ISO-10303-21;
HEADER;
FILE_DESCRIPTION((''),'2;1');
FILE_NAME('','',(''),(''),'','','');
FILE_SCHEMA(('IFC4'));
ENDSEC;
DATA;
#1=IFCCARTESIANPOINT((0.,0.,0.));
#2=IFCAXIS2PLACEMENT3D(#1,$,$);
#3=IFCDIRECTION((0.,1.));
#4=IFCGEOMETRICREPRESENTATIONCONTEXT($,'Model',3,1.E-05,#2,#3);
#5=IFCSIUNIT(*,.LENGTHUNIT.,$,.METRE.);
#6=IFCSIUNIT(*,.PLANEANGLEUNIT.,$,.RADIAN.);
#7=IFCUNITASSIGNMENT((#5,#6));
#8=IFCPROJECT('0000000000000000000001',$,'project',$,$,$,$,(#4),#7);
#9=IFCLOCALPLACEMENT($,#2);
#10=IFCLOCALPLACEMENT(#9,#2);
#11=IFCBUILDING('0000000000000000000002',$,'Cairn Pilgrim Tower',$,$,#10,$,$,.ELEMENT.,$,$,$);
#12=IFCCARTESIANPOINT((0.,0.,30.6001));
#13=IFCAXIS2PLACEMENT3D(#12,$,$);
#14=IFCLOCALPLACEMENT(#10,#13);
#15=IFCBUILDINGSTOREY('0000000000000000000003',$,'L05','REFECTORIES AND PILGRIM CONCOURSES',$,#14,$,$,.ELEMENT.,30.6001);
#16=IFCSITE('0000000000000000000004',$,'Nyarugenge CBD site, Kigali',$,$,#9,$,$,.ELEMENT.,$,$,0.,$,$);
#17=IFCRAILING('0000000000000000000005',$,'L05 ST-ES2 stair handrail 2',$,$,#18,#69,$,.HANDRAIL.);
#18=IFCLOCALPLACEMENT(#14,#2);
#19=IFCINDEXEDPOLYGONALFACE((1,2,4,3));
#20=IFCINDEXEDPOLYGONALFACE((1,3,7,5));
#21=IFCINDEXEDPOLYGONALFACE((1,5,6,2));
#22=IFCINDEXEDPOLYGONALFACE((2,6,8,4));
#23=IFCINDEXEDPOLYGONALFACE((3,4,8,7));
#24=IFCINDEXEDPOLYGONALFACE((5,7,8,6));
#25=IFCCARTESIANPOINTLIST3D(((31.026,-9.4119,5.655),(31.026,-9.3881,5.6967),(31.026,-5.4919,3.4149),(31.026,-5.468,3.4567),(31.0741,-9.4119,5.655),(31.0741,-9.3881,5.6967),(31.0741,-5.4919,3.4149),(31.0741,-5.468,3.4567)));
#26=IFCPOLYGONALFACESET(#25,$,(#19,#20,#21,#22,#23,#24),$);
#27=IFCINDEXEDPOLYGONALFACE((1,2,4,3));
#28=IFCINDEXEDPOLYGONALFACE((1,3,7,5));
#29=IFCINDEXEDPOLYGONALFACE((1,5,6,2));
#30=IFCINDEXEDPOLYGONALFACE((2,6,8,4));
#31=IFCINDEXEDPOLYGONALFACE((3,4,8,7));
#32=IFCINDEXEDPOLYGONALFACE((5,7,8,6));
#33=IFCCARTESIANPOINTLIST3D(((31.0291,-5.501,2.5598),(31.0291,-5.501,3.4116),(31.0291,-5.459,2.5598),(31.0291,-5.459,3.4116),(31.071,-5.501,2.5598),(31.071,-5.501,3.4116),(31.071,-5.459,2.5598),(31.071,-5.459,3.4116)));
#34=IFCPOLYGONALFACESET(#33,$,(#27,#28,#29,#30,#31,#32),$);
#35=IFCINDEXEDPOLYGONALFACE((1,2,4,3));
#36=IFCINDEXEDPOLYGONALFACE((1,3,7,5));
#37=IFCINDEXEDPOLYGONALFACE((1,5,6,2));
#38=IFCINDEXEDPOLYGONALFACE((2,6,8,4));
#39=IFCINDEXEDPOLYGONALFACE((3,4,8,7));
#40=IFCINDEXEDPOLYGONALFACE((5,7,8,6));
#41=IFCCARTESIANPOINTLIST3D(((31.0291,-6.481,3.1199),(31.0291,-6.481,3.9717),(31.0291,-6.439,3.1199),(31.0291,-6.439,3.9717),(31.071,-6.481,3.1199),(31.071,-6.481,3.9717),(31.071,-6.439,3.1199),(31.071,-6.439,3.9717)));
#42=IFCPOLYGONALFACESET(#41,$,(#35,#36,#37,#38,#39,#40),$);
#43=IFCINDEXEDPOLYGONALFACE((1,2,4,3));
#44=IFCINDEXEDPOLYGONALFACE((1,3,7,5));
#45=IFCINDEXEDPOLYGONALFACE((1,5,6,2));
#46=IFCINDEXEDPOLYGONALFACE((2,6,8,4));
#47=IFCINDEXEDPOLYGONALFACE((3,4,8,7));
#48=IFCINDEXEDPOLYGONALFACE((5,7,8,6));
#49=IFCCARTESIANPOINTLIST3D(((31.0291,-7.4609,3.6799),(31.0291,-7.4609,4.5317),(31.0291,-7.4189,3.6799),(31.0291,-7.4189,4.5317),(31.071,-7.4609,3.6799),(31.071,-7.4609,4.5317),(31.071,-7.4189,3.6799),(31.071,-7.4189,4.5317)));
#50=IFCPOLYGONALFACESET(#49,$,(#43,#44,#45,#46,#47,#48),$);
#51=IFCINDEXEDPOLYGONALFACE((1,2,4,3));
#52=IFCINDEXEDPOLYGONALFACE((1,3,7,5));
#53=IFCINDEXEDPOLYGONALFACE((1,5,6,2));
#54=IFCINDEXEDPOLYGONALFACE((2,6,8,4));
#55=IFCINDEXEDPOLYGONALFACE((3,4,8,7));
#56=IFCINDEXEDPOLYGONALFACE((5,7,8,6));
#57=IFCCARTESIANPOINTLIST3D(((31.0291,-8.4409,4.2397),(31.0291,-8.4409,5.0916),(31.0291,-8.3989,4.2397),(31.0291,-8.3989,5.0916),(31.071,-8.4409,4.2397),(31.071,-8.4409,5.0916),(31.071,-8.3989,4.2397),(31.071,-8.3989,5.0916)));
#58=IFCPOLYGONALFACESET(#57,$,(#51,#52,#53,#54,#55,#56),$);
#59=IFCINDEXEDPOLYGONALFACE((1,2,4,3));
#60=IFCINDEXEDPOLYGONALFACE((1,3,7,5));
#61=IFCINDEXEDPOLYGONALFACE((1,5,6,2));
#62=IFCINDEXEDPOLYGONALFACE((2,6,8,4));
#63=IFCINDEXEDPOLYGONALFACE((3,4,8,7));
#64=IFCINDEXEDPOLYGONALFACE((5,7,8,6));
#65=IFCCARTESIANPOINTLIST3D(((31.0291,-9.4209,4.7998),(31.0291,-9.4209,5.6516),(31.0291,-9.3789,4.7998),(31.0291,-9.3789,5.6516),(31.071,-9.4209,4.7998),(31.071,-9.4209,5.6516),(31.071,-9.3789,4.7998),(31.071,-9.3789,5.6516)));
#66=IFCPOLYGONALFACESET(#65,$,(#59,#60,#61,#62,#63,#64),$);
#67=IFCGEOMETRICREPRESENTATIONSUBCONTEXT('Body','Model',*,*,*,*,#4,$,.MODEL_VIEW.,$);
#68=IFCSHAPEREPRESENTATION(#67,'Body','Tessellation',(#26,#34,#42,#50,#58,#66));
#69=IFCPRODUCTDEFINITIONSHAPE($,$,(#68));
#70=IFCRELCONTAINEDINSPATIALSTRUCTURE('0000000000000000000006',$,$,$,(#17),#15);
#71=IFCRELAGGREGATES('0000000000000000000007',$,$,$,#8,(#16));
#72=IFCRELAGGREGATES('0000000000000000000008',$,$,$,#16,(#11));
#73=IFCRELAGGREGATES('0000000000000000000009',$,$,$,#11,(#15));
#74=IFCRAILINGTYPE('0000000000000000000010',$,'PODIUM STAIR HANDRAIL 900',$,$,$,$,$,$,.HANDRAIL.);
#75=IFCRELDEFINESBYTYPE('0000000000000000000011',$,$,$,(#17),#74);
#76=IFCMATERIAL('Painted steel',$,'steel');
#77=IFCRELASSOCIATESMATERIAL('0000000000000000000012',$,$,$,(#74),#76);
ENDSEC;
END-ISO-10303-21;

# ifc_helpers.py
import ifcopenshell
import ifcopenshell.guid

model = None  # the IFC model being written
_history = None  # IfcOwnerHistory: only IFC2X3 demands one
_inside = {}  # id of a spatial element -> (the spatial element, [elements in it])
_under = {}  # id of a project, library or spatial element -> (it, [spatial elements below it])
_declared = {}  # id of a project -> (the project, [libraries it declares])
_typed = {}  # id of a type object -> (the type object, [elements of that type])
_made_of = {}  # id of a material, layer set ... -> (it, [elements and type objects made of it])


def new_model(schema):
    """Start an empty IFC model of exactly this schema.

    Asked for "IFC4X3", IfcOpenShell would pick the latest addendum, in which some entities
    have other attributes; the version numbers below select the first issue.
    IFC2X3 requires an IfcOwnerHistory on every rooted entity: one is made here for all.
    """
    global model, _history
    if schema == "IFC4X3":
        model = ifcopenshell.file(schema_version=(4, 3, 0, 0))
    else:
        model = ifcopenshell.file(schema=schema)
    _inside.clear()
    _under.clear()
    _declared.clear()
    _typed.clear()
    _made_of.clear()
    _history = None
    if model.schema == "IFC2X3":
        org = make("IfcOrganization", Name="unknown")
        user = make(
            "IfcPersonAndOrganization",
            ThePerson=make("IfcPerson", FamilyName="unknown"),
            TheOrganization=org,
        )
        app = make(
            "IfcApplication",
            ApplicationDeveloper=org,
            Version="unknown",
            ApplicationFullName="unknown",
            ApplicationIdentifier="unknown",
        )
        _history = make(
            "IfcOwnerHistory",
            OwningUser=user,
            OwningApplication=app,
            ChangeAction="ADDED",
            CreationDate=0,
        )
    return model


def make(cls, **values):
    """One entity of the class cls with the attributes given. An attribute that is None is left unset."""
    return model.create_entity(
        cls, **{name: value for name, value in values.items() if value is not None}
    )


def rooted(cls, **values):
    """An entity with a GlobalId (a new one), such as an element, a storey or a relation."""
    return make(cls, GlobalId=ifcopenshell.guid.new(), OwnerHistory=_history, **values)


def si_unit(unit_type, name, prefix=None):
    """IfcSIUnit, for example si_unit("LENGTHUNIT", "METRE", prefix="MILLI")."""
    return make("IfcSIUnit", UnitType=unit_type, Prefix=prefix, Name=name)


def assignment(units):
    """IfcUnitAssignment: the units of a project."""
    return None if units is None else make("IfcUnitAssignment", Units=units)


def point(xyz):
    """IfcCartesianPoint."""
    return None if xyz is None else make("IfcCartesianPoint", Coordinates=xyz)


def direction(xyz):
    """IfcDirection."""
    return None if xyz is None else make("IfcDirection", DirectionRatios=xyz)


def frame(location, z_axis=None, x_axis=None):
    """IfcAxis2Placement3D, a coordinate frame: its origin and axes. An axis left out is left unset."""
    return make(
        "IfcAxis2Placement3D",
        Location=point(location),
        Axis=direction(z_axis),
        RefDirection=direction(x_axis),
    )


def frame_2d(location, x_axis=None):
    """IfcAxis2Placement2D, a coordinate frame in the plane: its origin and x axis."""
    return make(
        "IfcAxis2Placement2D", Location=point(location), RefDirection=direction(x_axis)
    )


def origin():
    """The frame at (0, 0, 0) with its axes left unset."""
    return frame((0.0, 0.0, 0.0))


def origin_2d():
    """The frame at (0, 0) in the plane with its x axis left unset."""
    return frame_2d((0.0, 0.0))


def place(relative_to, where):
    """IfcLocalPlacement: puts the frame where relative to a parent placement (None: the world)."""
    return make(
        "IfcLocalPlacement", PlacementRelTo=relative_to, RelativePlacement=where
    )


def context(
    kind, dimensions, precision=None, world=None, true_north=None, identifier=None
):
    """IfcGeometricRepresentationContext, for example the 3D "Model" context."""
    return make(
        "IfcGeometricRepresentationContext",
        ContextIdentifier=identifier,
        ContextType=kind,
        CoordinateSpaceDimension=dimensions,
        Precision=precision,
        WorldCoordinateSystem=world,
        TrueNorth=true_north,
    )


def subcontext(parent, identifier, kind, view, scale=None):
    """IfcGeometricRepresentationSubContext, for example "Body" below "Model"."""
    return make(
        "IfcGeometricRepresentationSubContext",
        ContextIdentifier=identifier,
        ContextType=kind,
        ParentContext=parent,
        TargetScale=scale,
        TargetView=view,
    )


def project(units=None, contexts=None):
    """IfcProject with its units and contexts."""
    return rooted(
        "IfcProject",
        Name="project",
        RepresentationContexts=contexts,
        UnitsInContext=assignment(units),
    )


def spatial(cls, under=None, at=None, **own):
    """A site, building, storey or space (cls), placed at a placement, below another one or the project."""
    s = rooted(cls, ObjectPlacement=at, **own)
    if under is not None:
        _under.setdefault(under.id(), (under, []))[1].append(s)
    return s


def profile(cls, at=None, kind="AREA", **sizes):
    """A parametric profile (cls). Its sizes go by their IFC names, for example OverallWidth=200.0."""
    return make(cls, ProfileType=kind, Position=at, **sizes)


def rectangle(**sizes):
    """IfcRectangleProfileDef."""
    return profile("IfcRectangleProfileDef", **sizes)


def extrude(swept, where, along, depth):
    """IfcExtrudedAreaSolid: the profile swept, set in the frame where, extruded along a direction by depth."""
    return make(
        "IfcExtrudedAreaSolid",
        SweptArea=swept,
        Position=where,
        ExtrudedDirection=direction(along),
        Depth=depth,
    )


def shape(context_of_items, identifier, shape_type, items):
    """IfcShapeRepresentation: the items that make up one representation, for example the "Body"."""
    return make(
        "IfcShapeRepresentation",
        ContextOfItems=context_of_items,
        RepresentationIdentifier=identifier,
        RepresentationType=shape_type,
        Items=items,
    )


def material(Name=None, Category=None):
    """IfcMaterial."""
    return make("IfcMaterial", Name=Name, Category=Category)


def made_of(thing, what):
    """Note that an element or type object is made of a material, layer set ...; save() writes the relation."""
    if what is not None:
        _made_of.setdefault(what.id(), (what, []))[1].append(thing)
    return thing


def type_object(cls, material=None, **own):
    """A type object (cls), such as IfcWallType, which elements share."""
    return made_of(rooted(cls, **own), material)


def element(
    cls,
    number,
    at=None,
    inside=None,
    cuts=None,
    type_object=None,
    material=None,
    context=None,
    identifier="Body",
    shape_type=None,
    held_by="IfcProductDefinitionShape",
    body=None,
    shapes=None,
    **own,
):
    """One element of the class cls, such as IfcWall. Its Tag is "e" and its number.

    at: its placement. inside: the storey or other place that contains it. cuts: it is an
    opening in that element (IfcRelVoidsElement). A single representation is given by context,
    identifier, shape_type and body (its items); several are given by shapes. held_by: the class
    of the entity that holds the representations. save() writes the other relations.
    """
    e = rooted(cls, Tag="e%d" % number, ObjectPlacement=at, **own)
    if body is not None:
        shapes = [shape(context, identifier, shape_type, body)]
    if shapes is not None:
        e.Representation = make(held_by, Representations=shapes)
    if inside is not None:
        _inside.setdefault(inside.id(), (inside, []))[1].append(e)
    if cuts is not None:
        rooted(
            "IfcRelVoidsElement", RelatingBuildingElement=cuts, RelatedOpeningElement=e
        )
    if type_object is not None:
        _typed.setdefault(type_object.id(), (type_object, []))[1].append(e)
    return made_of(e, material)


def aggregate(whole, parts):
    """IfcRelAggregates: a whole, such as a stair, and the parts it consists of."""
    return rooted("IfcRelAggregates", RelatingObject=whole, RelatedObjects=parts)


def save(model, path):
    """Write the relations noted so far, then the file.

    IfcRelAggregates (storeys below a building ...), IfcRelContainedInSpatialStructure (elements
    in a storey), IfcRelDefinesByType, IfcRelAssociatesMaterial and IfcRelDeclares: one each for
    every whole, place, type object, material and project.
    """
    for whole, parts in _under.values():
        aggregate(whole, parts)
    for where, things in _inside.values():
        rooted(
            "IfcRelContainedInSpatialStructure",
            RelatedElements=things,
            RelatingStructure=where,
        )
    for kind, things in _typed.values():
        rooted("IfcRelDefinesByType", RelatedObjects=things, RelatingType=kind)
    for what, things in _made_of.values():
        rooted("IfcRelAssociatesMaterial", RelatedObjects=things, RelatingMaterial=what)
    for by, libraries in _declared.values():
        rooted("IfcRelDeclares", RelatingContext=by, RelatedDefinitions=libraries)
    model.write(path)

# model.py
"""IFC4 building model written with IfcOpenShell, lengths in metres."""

from ifc_helpers import new_model, si_unit, direction, frame, origin, origin_2d, place, context, subcontext, project, spatial, rectangle, extrude, material, type_object, element, save


model = new_model("IFC4")

# Units and contexts
model_context = context("Model", 3, precision=1e-05, world=origin(), true_north=direction((0.0, 1.0)))
body_context = subcontext(model_context, "Body", "Model", "MODEL_VIEW")
ifc_project = project(units=[si_unit("LENGTHUNIT", "METRE"), si_unit("PLANEANGLEUNIT", "RADIAN")], contexts=[model_context])

# Site, building, storey
site_placement = place(None, origin())
site = spatial("IfcSite", under=ifc_project, at=site_placement, Name="Nyarugenge CBD site, Kigali", CompositionType="ELEMENT", RefElevation=0.0)
building_placement = place(site_placement, origin())
building = spatial("IfcBuilding", under=site, at=building_placement, Name="Cairn Pilgrim Tower", CompositionType="ELEMENT")
storey_placement = place(building_placement, frame((0.0, 0.0, 30.6001)))
storey = spatial("IfcBuildingStorey", under=building, at=storey_placement, Name="L05", Description="REFECTORIES AND PILGRIM CONCOURSES", CompositionType="ELEMENT", Elevation=30.6001)

# Railing
ifc_material_1 = material(Name="Painted steel", Category="steel")
railing_type_1 = type_object("IfcRailingType", Name="PODIUM STAIR HANDRAIL 900", PredefinedType="HANDRAIL", material=ifc_material_1)
railing_1_placement = place(storey_placement, frame((31.05, -5.48, 2.5598)))
element("IfcRailing", 1, at=railing_1_placement, inside=storey, type_object=railing_type_1, Name="L05 ST-ES2 stair handrail 2", PredefinedType="HANDRAIL", context=body_context, shape_type="SweptSolid", body=[
    extrude(rectangle(XDim=0.0481, YDim=0.0481, at=origin_2d()), frame((0.0, 0.0, 0.876), z_axis=(0.0, -0.86824, 0.496145), x_axis=(1.0, 0.0, 0.0)), (0.0, 0.0, 1.0), 4.5149),
    extrude(rectangle(XDim=0.042, YDim=0.042, at=origin_2d()), origin(), (0.0, 0.0, 1.0), 0.8518),
    extrude(rectangle(XDim=0.042, YDim=0.042, at=origin_2d()), frame((0.0, -0.98, 0.5601)), (0.0, 0.0, 1.0), 0.8518),
    extrude(rectangle(XDim=0.042, YDim=0.042, at=origin_2d()), frame((0.0, -1.96, 1.1201)), (0.0, 0.0, 1.0), 0.8518),
    extrude(rectangle(XDim=0.042, YDim=0.042, at=origin_2d()), frame((0.0, -2.9399, 1.6799)), (0.0, 0.0, 1.0), 0.8518),
    extrude(rectangle(XDim=0.042, YDim=0.042, at=origin_2d()), frame((0.0, -3.9199, 2.24)), (0.0, 0.0, 1.0), 0.8518),
])

save(model, "model.ifc")
